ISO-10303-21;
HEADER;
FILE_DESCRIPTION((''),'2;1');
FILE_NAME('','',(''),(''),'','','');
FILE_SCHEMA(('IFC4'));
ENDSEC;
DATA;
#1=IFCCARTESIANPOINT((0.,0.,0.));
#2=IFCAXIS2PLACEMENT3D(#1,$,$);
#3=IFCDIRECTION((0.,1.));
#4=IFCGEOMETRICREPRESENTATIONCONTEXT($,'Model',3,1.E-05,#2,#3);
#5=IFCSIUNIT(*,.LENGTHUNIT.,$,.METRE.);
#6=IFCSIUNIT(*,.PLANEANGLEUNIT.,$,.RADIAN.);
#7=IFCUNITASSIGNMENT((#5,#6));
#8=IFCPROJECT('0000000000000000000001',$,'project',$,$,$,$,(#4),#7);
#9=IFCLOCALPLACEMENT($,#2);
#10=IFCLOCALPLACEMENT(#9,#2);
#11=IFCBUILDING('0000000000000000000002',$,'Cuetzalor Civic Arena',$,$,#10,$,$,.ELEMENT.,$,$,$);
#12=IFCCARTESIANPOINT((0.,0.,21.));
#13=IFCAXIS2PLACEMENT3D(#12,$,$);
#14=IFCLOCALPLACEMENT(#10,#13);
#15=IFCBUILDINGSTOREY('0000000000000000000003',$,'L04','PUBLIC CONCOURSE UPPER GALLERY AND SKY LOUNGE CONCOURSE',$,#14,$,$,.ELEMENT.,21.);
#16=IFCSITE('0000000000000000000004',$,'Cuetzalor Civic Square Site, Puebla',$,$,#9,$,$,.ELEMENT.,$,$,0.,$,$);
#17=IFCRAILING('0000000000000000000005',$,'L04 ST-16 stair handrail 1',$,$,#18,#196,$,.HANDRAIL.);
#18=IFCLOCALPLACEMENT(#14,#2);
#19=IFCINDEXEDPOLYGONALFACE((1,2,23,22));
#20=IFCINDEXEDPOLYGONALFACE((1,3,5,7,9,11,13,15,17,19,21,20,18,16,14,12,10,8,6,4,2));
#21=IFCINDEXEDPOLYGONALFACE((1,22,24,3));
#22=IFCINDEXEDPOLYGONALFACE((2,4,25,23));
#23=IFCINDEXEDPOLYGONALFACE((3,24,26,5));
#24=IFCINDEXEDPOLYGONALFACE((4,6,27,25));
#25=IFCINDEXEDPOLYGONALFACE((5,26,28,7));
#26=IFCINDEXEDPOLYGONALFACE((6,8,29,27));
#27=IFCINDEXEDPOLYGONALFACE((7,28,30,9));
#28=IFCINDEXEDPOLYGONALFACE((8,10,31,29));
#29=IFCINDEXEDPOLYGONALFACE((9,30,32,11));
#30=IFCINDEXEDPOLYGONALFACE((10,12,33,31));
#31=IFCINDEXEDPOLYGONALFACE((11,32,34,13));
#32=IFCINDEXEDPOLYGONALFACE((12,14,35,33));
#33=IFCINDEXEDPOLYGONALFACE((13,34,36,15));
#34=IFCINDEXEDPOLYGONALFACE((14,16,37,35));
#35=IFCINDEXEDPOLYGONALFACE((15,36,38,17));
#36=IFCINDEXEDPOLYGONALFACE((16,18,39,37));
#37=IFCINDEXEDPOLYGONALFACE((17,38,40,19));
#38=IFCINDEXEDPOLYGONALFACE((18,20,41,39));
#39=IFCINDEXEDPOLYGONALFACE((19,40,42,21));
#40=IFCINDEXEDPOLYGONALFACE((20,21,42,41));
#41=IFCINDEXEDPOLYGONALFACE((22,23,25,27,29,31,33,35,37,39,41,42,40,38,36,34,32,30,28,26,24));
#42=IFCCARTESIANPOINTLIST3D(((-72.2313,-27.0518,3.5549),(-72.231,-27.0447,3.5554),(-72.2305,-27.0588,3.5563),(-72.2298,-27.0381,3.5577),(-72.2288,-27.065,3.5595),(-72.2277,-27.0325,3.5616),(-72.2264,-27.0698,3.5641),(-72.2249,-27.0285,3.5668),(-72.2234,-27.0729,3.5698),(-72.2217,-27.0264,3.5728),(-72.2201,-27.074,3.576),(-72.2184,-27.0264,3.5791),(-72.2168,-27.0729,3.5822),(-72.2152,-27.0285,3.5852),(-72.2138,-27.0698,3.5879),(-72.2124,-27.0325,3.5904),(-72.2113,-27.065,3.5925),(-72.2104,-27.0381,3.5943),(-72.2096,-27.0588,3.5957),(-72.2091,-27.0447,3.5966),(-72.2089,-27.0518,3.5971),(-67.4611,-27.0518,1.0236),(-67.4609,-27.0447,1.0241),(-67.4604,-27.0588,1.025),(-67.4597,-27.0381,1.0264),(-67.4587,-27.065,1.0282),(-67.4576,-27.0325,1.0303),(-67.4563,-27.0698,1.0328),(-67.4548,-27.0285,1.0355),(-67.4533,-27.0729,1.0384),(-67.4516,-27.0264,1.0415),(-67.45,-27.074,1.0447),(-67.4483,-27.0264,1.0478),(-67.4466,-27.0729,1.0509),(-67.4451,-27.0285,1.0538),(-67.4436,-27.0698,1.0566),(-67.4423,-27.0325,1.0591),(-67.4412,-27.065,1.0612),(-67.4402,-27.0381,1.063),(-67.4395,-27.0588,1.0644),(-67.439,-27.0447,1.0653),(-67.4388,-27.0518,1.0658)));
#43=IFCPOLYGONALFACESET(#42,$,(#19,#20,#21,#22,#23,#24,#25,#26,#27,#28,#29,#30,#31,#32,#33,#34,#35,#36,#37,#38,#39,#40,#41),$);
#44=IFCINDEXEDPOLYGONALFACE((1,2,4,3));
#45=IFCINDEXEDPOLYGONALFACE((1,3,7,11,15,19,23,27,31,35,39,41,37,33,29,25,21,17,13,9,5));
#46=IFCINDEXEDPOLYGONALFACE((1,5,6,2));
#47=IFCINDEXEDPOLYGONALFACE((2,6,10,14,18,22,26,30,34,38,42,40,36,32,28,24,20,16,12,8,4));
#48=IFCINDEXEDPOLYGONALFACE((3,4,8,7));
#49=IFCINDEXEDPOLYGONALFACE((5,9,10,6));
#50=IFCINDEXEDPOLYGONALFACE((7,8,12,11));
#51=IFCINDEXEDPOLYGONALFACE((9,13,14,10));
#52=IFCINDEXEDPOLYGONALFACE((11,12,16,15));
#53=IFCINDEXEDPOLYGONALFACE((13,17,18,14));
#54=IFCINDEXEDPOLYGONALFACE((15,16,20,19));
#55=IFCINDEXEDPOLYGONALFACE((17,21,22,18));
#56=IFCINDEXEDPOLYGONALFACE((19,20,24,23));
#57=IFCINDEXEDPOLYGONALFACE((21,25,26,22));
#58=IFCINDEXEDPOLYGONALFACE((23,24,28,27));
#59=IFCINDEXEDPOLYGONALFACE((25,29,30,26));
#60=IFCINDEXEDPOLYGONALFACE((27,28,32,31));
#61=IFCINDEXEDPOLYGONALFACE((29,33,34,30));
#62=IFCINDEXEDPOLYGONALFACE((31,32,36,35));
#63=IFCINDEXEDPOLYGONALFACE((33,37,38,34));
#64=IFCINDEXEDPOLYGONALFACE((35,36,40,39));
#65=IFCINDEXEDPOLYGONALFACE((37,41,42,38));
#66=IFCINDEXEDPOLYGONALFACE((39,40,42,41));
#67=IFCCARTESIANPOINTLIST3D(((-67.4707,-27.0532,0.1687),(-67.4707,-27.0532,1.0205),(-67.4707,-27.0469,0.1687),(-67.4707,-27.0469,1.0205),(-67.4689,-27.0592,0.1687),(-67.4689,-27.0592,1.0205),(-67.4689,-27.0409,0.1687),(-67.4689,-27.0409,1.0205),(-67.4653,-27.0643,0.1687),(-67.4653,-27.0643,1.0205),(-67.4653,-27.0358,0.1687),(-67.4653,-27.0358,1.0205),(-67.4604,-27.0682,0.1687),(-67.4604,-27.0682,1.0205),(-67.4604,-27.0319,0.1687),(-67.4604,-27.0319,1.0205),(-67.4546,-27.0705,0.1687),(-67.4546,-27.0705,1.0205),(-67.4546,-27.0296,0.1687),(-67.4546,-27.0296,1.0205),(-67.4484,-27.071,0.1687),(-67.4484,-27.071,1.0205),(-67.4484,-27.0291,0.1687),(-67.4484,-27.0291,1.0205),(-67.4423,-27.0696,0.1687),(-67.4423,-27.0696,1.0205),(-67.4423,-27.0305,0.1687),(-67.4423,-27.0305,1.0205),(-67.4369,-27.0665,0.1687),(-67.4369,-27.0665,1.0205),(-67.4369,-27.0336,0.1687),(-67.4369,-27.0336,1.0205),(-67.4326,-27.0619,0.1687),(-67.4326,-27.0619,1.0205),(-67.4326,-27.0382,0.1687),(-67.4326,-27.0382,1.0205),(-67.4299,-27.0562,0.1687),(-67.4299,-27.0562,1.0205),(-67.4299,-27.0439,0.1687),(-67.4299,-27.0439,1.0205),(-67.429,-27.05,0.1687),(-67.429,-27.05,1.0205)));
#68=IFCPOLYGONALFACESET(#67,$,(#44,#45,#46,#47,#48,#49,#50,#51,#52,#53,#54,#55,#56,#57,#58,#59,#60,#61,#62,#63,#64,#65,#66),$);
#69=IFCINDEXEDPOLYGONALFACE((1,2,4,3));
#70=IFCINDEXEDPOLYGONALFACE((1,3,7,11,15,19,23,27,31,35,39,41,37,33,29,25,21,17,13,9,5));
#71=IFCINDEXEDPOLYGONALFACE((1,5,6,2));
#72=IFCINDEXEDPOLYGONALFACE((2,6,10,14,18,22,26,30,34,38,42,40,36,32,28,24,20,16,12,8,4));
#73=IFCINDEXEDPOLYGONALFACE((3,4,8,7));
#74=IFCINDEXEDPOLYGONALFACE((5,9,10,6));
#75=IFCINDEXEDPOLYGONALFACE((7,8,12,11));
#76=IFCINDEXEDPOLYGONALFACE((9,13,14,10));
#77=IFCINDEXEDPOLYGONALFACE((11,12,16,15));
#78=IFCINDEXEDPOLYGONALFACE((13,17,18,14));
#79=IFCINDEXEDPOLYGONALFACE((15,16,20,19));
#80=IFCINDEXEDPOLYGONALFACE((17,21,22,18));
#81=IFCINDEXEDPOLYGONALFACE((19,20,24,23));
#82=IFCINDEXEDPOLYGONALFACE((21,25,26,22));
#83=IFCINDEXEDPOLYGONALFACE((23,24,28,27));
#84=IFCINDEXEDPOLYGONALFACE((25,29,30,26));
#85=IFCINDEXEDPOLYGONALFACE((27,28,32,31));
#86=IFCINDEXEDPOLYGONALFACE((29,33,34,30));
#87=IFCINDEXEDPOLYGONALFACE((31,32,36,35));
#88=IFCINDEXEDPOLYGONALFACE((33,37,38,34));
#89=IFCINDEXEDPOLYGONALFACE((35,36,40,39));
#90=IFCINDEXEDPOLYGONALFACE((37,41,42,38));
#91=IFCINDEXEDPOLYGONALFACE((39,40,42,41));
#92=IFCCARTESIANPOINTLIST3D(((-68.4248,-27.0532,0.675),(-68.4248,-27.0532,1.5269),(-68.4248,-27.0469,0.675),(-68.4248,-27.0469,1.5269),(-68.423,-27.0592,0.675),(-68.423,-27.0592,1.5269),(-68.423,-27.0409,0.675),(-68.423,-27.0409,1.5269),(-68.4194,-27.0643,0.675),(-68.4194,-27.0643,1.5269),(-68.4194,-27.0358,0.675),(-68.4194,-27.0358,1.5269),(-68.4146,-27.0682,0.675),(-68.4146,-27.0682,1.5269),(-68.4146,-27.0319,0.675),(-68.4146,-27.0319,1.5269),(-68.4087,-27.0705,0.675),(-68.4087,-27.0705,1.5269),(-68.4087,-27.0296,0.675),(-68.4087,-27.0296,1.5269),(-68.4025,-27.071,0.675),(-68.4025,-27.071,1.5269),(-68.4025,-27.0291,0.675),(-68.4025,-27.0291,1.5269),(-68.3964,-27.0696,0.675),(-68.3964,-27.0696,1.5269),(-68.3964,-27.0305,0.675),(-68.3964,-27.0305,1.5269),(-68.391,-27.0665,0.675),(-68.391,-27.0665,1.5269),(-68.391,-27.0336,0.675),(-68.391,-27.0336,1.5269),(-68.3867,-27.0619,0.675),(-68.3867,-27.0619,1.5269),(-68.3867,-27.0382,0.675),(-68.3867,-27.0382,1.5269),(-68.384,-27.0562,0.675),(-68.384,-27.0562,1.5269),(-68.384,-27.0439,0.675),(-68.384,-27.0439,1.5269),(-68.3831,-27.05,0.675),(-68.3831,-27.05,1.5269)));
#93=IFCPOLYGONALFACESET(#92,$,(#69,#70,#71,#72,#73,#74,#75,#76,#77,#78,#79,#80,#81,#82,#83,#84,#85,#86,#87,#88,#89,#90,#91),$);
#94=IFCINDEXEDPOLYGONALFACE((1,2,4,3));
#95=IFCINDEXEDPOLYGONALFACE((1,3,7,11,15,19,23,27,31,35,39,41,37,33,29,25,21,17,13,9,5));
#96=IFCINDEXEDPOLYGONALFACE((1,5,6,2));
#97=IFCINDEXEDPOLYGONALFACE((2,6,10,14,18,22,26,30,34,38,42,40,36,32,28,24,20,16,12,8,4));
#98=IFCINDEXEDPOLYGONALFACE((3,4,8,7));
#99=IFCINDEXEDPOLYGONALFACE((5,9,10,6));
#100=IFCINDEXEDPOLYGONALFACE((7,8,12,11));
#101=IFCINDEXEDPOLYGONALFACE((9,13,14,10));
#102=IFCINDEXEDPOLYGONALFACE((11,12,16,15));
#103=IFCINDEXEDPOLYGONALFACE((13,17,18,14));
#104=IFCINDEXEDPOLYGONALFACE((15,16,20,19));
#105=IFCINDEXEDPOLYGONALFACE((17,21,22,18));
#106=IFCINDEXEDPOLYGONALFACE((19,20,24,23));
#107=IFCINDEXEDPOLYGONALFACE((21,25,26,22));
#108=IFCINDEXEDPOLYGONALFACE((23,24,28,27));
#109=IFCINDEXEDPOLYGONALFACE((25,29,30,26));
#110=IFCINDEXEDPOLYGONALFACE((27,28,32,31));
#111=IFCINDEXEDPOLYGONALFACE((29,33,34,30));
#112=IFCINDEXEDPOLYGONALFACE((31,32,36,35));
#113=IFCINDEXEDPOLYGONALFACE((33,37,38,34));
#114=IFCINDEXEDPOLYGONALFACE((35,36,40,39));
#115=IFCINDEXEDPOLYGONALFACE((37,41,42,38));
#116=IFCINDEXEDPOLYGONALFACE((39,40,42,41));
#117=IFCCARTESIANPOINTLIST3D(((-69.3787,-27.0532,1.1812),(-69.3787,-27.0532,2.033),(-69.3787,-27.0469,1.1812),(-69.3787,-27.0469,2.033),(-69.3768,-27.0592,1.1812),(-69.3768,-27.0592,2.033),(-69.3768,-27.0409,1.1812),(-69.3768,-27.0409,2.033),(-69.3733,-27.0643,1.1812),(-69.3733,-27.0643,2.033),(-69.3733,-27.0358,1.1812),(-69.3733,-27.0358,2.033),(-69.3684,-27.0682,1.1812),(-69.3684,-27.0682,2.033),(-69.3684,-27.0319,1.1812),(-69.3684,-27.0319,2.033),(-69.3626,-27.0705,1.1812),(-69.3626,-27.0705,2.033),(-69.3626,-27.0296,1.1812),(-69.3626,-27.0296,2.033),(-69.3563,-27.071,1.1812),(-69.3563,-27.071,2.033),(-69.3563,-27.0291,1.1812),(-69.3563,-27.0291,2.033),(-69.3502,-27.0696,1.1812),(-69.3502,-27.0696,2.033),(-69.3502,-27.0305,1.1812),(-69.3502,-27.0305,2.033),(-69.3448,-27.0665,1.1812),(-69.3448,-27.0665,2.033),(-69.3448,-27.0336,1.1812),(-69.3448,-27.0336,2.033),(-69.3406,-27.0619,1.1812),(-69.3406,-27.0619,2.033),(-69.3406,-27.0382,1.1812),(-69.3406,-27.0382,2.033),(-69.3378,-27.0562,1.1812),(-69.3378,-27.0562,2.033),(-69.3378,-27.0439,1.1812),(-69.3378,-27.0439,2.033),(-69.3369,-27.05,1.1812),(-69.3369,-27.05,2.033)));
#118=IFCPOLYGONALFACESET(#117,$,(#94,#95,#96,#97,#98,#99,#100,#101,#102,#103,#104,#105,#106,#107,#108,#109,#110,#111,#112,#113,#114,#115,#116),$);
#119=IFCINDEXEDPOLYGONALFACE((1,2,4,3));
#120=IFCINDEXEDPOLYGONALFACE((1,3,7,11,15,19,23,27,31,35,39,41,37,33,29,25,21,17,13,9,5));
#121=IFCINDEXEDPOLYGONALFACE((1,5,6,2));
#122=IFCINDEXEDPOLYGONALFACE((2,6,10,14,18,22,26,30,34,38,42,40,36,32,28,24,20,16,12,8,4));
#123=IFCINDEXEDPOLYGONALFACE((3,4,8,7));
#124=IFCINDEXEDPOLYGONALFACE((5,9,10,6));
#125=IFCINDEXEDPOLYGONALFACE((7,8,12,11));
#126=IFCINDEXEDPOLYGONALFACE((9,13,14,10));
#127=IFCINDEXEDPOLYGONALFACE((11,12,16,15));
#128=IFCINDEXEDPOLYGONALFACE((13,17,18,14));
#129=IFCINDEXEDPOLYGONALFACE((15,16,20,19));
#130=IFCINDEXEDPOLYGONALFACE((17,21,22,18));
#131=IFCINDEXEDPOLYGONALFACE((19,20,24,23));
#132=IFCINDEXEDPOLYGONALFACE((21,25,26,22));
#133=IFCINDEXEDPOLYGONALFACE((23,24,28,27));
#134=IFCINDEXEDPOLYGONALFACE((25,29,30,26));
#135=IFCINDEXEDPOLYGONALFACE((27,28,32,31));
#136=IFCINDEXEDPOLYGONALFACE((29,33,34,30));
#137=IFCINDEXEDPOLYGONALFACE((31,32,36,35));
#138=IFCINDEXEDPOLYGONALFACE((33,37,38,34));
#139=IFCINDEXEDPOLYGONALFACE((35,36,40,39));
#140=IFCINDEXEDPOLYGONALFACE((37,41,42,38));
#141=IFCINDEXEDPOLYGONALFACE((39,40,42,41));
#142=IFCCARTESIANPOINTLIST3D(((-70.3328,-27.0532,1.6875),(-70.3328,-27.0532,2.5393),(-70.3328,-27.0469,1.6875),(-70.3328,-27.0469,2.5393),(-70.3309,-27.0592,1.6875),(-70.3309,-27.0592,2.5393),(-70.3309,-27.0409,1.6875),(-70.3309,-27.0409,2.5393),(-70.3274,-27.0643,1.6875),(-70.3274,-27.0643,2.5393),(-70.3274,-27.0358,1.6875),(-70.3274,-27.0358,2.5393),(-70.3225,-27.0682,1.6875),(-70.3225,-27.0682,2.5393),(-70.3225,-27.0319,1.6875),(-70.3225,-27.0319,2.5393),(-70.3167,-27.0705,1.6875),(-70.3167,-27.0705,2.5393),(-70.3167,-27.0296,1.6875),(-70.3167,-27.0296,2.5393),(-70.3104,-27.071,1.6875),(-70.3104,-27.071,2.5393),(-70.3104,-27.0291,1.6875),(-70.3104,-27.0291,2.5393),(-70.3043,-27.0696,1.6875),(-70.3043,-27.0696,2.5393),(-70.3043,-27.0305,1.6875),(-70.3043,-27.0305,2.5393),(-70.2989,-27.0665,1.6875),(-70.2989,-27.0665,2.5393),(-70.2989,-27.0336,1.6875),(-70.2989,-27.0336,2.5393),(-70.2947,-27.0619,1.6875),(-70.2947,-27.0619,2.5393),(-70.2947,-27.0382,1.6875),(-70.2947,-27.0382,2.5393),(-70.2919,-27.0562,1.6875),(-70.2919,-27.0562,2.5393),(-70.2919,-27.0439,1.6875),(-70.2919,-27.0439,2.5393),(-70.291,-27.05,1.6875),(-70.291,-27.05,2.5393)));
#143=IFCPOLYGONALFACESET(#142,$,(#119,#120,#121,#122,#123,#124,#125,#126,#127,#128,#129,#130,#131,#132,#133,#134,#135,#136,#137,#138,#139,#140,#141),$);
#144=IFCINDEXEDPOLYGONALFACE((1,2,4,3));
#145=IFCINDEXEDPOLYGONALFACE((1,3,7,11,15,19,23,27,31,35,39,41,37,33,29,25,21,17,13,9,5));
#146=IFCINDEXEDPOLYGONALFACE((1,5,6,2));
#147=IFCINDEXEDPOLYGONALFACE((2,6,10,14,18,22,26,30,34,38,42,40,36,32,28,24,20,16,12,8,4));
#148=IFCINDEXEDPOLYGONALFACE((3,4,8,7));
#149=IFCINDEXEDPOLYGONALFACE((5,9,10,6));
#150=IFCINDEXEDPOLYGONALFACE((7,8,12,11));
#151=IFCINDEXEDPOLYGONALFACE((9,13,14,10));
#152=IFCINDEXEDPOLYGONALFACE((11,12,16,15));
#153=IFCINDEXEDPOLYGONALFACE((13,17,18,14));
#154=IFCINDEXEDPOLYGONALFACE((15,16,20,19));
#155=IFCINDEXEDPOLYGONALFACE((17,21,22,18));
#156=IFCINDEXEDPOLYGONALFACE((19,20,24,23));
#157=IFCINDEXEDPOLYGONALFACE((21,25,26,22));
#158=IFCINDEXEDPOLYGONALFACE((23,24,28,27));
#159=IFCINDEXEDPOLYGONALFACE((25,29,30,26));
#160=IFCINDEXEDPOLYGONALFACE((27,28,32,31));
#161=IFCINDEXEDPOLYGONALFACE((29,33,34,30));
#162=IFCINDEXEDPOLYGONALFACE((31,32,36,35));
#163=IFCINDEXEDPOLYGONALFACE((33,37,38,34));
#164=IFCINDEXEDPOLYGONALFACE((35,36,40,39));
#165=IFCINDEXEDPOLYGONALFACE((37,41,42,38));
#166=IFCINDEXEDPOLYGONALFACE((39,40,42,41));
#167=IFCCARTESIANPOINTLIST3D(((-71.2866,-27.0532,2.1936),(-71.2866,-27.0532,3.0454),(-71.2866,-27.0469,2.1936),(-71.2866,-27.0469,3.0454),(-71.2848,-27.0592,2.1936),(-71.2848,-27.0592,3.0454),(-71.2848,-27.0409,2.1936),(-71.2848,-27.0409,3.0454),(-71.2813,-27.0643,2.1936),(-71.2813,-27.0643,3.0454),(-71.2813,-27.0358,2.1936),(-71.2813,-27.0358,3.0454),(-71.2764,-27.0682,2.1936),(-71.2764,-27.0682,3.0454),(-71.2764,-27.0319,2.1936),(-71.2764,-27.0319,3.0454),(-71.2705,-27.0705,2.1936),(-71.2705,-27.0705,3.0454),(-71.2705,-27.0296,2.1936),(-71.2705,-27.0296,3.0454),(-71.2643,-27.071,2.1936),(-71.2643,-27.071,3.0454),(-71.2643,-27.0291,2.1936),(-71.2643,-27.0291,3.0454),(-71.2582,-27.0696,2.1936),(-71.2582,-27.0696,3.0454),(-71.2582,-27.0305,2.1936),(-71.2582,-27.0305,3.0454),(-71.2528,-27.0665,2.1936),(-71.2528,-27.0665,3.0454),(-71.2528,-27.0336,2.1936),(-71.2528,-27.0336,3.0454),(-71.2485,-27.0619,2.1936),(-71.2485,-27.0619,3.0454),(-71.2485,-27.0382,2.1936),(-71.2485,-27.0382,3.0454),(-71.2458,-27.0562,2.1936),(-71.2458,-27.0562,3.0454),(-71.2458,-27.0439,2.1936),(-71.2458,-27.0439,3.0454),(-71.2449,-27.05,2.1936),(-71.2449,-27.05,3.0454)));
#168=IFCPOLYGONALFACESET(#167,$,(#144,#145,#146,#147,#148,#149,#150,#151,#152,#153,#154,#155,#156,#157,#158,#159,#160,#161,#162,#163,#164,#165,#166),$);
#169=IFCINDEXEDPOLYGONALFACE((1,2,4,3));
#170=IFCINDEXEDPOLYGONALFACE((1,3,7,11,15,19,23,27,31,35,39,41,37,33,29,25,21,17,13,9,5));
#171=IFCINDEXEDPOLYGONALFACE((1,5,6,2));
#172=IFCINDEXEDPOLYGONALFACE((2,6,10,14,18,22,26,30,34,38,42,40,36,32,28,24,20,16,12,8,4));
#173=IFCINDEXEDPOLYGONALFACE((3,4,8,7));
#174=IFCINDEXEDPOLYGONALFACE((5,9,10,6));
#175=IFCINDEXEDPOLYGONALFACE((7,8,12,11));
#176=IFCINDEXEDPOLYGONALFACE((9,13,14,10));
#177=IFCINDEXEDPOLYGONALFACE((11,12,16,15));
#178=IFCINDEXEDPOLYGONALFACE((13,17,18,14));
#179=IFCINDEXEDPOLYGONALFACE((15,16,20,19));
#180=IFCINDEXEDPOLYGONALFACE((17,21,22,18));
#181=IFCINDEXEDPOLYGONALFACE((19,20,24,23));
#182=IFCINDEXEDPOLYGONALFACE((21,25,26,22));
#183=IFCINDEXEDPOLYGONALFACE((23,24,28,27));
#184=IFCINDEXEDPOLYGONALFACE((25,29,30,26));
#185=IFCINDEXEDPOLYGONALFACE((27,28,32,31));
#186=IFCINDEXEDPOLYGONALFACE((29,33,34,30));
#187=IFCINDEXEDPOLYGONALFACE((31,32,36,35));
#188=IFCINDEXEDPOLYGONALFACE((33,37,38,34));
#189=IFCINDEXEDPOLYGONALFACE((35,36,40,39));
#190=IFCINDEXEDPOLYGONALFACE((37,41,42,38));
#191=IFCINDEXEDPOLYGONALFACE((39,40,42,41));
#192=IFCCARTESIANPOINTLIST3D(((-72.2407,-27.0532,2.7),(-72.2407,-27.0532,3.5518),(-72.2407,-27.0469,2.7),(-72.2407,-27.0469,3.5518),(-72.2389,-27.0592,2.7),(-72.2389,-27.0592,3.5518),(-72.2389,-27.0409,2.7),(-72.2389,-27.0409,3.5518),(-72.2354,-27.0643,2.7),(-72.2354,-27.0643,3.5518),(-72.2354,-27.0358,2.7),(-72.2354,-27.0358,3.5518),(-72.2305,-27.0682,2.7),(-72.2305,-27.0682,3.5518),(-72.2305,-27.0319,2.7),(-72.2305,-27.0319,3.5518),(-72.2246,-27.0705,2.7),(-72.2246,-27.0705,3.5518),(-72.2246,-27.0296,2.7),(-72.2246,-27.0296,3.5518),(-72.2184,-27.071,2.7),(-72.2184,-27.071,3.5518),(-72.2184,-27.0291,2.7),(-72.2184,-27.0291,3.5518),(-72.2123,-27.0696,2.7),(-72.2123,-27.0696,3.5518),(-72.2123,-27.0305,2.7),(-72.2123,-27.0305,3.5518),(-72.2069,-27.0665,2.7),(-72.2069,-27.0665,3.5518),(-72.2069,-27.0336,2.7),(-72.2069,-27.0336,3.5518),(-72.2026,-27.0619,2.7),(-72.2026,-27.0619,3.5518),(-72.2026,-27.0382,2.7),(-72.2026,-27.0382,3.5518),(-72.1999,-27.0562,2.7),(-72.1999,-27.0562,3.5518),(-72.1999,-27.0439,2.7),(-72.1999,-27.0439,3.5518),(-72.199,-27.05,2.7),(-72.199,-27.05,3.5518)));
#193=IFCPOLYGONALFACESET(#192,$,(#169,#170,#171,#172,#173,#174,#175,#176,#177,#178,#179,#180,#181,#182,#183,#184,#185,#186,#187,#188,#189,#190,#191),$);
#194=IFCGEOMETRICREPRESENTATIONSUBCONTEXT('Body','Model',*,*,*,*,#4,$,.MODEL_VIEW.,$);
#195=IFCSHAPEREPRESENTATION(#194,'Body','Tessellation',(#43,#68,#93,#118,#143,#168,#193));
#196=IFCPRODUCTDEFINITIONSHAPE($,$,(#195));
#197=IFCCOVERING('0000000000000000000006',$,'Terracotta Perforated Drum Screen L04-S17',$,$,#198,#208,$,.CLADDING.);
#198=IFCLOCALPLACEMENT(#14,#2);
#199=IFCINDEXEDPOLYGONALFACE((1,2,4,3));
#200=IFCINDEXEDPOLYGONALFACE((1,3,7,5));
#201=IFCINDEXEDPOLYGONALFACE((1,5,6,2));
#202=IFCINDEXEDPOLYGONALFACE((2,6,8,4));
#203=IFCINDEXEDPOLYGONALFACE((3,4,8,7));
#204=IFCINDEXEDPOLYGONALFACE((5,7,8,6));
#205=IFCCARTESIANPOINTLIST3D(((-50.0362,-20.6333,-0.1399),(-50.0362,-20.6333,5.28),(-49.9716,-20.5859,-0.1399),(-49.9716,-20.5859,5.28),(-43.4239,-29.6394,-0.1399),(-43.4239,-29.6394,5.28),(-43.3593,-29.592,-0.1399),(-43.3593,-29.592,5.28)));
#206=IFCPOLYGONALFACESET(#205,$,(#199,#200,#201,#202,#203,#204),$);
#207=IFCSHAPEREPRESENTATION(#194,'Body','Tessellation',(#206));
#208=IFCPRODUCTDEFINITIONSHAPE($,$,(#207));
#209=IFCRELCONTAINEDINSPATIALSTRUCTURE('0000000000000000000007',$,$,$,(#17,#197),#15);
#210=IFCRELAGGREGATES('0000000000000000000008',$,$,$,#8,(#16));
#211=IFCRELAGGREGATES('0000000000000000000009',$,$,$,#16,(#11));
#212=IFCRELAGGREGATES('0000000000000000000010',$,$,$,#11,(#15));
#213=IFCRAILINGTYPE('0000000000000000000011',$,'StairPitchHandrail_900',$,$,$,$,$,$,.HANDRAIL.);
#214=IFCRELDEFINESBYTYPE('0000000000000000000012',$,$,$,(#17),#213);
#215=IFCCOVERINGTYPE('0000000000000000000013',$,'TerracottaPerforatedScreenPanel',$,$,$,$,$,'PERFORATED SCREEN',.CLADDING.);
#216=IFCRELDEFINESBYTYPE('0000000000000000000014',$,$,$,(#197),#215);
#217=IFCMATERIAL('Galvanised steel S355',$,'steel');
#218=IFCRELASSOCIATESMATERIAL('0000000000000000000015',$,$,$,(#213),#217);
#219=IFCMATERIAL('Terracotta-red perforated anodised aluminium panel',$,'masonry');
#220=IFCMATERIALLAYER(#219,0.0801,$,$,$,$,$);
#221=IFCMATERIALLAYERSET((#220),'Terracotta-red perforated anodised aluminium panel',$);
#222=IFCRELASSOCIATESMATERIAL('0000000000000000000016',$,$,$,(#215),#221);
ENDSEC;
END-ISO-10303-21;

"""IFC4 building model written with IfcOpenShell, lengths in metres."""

from ifc_helpers import new_model, si_unit, direction, frame, frame_2d, origin, origin_2d, place, context, subcontext, project, spatial, rectangle, circle, extrude, material, layer, layer_set, type_object, element, save


model = new_model("IFC4")

# Units and contexts
model_context = context("Model", 3, precision=1e-05, world=origin(), true_north=direction((0.0, 1.0)))
body_context = subcontext(model_context, "Body", "Model", "MODEL_VIEW")
ifc_project = project(units=[si_unit("LENGTHUNIT", "METRE"), si_unit("PLANEANGLEUNIT", "RADIAN")], contexts=[model_context])

# Site, building, storey
site_placement = place(None, origin())
site = spatial("IfcSite", under=ifc_project, at=site_placement, Name="Cuetzalor Civic Square Site, Puebla", CompositionType="ELEMENT", RefElevation=0.0)
building_placement = place(site_placement, origin())
building = spatial("IfcBuilding", under=site, at=building_placement, Name="Cuetzalor Civic Arena", CompositionType="ELEMENT")
storey_placement = place(building_placement, frame((0.0, 0.0, 21.0)))
storey = spatial("IfcBuildingStorey", under=building, at=storey_placement, Name="L04", Description="PUBLIC CONCOURSE UPPER GALLERY AND SKY LOUNGE CONCOURSE", CompositionType="ELEMENT", Elevation=21.0)

# Railing
ifc_material_1 = material(Name="Galvanised steel S355", Category="steel")
railing_type_1 = type_object("IfcRailingType", Name="StairPitchHandrail_900", PredefinedType="HANDRAIL", material=ifc_material_1)
railing_1_placement = place(storey_placement, frame((-67.45, -27.05, 0.1687)))
element("IfcRailing", 1, at=railing_1_placement, inside=storey, type_object=railing_type_1, Name="L04 ST-16 stair handrail 1", PredefinedType="HANDRAIL", context=body_context, shape_type="SweptSolid", body=[
    extrude(circle(Radius=0.0239, at=origin_2d()), frame((0.0, 0.0, 0.876), z_axis=(-0.883332, 0.0, 0.468747), x_axis=(0.0, -1.0, 0.0)), (0.0, 0.0, 1.0), 5.4001),
    extrude(circle(Radius=0.021, at=origin_2d()), origin(), (0.0, 0.0, 1.0), 0.8518),
    extrude(circle(Radius=0.021, at=origin_2d()), frame((-0.9541, 0.0, 0.5063)), (0.0, 0.0, 1.0), 0.8518),
    extrude(circle(Radius=0.021, at=origin_2d()), frame((-1.908, 0.0, 1.0125)), (0.0, 0.0, 1.0), 0.8518),
    extrude(circle(Radius=0.021, at=origin_2d()), frame((-2.8621, 0.0, 1.5188)), (0.0, 0.0, 1.0), 0.8518),
    extrude(circle(Radius=0.021, at=origin_2d()), frame((-3.8159, 0.0, 2.0249)), (0.0, 0.0, 1.0), 0.8518),
    extrude(circle(Radius=0.021, at=origin_2d()), frame((-4.77, 0.0, 2.5312)), (0.0, 0.0, 1.0), 0.8518),
])

# Covering
ifc_material_2 = material(Name="Terracotta-red perforated anodised aluminium panel", Category="masonry")
ifc_layer_1 = layer(ifc_material_2, 0.0801)
ifc_layer_set_1 = layer_set([ifc_layer_1], Name="Terracotta-red perforated anodised aluminium panel")
covering_type = type_object("IfcCoveringType", Name="TerracottaPerforatedScreenPanel", ElementType="PERFORATED SCREEN", PredefinedType="CLADDING", material=ifc_layer_set_1)
covering_placement = place(storey_placement, frame((-43.3916, -29.6157, -0.1399), z_axis=(0.0, 0.0, 1.0), x_axis=(-0.591819, 0.806071, 0.0)))
element("IfcCovering", 2, at=covering_placement, inside=storey, type_object=covering_type, Name="Terracotta Perforated Drum Screen L04-S17", PredefinedType="CLADDING", context=body_context, shape_type="SweptSolid", body=[
    extrude(rectangle(XDim=11.1729, YDim=0.0801, at=frame_2d((5.5864, 0.0))), origin(), (0.0, 0.0, 1.0), 5.4199),
])

save(model, "model.ifc")
